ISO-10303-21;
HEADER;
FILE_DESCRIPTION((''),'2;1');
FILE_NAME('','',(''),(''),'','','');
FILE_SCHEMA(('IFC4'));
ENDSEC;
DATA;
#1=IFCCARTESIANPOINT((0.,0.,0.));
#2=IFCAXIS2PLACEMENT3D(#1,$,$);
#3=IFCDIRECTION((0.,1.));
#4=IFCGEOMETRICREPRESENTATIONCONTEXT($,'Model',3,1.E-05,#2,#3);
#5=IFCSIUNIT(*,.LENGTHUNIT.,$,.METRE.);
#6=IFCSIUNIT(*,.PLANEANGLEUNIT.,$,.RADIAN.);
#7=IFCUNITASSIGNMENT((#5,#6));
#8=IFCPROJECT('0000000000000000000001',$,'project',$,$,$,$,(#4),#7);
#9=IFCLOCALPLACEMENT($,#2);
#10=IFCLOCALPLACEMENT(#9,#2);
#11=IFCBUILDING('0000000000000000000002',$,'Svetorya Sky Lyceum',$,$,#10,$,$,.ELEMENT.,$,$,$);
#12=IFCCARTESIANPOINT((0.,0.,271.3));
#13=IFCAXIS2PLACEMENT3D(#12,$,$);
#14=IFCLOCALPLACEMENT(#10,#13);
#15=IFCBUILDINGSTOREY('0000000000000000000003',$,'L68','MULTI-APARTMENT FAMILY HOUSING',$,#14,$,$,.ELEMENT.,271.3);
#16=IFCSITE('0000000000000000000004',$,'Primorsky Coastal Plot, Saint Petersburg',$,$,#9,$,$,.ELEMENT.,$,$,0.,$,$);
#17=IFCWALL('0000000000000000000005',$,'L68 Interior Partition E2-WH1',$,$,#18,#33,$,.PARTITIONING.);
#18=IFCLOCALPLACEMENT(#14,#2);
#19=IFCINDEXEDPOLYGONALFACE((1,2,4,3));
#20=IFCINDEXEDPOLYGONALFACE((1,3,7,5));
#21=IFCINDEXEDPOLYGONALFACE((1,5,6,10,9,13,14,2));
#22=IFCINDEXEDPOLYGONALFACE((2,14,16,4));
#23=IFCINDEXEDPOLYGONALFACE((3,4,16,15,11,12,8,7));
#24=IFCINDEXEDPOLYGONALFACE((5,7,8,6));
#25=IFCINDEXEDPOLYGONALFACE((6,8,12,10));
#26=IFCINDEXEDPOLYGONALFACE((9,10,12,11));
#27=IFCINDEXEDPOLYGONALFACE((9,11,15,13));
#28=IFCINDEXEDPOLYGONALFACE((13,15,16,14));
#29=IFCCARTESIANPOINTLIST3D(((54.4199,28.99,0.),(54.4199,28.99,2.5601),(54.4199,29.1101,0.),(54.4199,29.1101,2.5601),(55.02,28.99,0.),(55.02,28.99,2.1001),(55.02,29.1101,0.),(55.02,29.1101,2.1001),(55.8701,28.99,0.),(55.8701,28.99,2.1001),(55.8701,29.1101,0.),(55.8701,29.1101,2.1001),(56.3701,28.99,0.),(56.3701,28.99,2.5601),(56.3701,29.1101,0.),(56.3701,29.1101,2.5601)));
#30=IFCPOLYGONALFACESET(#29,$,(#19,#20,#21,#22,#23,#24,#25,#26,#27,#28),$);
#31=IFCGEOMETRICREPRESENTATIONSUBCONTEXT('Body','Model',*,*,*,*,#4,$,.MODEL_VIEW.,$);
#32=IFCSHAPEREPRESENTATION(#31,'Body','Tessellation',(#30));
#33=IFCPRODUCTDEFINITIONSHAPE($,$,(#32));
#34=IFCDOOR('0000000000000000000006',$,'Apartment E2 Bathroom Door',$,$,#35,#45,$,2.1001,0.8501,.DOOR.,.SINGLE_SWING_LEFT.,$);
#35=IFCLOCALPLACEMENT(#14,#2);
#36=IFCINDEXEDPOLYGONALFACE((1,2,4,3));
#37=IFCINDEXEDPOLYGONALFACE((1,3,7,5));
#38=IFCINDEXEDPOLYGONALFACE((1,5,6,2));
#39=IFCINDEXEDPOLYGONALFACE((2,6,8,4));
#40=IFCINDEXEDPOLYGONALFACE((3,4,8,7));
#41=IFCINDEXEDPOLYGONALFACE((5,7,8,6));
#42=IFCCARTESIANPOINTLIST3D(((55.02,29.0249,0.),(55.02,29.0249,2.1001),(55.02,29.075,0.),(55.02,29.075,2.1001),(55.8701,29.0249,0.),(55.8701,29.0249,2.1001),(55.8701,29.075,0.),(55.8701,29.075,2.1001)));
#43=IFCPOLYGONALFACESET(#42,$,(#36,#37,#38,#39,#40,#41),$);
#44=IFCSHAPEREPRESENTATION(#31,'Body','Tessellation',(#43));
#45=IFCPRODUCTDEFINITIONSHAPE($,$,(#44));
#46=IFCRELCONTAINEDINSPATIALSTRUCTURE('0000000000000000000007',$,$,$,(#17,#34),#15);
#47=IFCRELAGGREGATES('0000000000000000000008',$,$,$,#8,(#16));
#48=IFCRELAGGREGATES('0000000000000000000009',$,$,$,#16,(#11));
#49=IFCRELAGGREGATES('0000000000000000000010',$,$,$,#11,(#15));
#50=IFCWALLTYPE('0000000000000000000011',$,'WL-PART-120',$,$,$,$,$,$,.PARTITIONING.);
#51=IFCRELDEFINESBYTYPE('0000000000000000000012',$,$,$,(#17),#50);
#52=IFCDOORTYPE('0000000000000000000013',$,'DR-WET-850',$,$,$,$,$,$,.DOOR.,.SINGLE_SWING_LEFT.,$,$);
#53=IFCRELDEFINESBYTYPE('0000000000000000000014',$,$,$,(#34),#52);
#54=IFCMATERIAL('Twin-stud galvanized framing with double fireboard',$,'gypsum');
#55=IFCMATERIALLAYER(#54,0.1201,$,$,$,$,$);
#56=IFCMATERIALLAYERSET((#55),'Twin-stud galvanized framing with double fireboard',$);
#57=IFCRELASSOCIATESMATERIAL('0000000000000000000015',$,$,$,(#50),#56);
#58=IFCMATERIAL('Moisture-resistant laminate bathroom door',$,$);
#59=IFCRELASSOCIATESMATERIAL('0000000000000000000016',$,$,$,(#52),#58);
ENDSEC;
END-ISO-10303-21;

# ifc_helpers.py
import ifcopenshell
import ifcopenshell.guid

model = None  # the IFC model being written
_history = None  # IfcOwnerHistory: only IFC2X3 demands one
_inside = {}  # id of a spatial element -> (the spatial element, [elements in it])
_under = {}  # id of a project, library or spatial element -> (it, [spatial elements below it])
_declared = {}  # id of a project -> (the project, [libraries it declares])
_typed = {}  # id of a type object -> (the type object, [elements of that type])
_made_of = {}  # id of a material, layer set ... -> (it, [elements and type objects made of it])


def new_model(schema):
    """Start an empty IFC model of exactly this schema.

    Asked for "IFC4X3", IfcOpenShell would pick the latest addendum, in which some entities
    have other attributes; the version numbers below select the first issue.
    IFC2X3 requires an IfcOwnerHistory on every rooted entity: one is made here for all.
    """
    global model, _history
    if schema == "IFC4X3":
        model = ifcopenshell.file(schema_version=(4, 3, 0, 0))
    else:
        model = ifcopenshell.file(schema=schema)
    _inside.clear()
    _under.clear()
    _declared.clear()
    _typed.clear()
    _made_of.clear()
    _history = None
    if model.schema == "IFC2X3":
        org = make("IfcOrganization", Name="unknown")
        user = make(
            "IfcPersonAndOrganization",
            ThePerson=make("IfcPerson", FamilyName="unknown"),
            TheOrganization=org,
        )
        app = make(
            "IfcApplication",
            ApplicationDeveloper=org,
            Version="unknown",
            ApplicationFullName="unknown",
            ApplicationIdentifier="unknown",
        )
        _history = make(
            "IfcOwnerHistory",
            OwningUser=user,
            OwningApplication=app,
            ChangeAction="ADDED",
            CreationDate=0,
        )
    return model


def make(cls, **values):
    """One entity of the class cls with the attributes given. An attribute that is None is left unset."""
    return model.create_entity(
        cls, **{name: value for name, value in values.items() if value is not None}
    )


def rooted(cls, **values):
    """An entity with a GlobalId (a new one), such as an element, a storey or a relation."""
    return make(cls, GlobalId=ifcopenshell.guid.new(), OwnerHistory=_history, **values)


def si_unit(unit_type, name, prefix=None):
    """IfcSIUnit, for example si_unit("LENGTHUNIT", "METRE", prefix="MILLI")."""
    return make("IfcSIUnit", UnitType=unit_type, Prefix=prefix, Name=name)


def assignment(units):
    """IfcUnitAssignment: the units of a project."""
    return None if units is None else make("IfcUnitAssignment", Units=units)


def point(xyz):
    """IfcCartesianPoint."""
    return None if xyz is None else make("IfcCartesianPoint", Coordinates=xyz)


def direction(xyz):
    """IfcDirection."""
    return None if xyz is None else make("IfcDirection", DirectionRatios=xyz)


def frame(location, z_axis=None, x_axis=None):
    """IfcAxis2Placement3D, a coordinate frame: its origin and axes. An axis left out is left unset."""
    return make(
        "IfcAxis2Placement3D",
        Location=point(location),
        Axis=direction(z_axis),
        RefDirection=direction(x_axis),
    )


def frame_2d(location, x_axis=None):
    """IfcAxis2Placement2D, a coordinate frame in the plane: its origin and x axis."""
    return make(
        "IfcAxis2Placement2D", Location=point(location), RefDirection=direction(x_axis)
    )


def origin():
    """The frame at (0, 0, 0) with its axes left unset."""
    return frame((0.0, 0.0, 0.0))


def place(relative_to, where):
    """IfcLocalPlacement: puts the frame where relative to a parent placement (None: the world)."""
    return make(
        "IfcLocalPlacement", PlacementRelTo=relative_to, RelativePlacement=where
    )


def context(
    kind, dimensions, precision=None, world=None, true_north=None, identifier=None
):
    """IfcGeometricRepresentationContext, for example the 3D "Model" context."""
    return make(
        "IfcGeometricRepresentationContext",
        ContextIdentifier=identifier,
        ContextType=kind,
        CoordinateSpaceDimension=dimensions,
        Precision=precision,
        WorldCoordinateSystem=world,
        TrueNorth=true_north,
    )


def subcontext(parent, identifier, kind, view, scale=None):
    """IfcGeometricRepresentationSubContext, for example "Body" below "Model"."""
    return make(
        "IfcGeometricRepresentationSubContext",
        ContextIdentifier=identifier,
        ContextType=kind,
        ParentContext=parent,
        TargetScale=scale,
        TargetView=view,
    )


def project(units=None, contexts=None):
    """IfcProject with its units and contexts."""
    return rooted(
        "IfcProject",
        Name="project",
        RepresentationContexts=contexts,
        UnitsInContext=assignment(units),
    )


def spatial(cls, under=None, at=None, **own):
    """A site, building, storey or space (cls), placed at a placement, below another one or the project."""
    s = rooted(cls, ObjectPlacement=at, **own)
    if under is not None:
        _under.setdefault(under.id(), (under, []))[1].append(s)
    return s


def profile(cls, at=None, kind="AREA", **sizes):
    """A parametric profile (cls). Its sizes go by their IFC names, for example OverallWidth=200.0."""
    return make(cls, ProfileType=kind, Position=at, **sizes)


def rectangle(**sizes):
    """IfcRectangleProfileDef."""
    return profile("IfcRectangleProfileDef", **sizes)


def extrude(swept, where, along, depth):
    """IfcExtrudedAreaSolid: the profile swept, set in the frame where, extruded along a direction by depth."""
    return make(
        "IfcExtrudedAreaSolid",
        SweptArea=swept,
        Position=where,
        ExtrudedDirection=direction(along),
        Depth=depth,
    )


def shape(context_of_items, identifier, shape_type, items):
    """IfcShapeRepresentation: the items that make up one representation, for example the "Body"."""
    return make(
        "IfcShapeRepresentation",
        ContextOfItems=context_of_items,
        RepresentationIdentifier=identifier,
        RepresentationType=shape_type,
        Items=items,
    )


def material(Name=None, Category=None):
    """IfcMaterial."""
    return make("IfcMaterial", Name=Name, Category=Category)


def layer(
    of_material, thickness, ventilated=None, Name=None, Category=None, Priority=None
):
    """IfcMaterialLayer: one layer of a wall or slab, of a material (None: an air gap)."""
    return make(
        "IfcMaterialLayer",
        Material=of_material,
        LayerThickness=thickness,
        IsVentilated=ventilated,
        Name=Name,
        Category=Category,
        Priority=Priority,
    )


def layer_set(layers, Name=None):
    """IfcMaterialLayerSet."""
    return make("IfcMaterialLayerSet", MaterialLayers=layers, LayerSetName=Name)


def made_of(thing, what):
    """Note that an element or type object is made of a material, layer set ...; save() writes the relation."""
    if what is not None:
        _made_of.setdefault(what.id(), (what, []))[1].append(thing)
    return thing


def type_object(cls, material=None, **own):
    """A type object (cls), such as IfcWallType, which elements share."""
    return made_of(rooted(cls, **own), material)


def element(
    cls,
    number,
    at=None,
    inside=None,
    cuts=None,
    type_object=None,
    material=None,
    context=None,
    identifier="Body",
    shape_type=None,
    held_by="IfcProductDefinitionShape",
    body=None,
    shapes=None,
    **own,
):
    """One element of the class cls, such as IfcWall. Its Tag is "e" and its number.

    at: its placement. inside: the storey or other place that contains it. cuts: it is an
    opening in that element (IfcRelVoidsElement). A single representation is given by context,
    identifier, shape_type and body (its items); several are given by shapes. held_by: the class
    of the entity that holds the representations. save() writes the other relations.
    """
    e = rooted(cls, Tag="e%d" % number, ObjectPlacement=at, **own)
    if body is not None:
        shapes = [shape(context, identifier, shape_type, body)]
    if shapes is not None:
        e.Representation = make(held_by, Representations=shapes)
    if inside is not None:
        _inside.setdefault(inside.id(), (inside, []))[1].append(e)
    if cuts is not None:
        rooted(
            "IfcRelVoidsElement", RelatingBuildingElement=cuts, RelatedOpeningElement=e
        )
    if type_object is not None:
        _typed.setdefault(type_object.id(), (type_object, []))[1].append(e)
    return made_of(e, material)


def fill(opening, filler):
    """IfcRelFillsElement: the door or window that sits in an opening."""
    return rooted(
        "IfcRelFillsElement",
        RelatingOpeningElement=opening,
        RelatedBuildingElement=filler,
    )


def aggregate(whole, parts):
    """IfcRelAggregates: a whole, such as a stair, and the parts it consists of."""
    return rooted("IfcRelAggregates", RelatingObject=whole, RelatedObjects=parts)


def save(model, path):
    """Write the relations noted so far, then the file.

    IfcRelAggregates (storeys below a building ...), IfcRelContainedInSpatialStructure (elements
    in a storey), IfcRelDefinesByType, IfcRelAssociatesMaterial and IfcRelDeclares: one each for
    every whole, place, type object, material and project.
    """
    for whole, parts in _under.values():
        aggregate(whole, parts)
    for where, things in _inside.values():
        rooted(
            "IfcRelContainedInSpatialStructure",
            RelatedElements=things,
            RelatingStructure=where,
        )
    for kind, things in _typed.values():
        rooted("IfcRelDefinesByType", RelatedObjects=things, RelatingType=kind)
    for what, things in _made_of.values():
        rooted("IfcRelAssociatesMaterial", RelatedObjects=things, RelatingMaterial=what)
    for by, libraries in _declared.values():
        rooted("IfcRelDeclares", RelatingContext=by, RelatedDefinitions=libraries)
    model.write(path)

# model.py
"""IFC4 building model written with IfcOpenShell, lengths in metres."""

from ifc_helpers import new_model, si_unit, direction, frame, frame_2d, origin, place, context, subcontext, project, spatial, rectangle, extrude, material, layer, layer_set, type_object, element, fill, save


model = new_model("IFC4")

# Units and contexts
model_context = context("Model", 3, precision=1e-05, world=origin(), true_north=direction((0.0, 1.0)))
body_context = subcontext(model_context, "Body", "Model", "MODEL_VIEW")
ifc_project = project(units=[si_unit("LENGTHUNIT", "METRE"), si_unit("PLANEANGLEUNIT", "RADIAN")], contexts=[model_context])

# Site, building, storey
site_placement = place(None, origin())
site = spatial("IfcSite", under=ifc_project, at=site_placement, Name="Primorsky Coastal Plot, Saint Petersburg", CompositionType="ELEMENT", RefElevation=0.0)
building_placement = place(site_placement, origin())
building = spatial("IfcBuilding", under=site, at=building_placement, Name="Svetorya Sky Lyceum", CompositionType="ELEMENT")
storey_placement = place(building_placement, frame((0.0, 0.0, 271.3)))
storey = spatial("IfcBuildingStorey", under=building, at=storey_placement, Name="L68", Description="MULTI-APARTMENT FAMILY HOUSING", CompositionType="ELEMENT", Elevation=271.3)

# Wall, opening, door
ifc_material_1 = material(Name="Twin-stud galvanized framing with double fireboard", Category="gypsum")
ifc_layer_1 = layer(ifc_material_1, 0.1201)
ifc_layer_set_1 = layer_set([ifc_layer_1], Name="Twin-stud galvanized framing with double fireboard")
wall_type_1 = type_object("IfcWallType", Name="WL-PART-120", PredefinedType="PARTITIONING", material=ifc_layer_set_1)
wall_1_placement = place(storey_placement, frame((54.4199, 29.05, 0.0), z_axis=(0.0, 0.0, 1.0), x_axis=(1.0, 0.0, 0.0)))
wall_1 = element("IfcWall", 1, at=wall_1_placement, inside=storey, type_object=wall_type_1, Name="L68 Interior Partition E2-WH1", PredefinedType="PARTITIONING", context=body_context, shape_type="SweptSolid", body=[
    extrude(rectangle(XDim=1.9502, YDim=0.1201, at=frame_2d((0.9751, 0.0))), origin(), (0.0, 0.0, 1.0), 2.5601),
])
opening_1_placement = place(wall_1_placement, frame((0.6001, 0.0, 0.0)))
opening_1 = element("IfcOpeningElement", 2, at=opening_1_placement, cuts=wall_1, PredefinedType="OPENING", context=body_context, shape_type="SweptSolid", body=[
    extrude(rectangle(XDim=0.8501, YDim=2.1001, at=frame_2d((0.425, 1.05))), frame((0.0, 0.0701, 0.0), z_axis=(0.0, -1.0, 0.0), x_axis=(1.0, 0.0, 0.0)), (0.0, 0.0, 1.0), 0.1401),
])
ifc_material_2 = material(Name="Moisture-resistant laminate bathroom door")
door_type_1 = type_object("IfcDoorType", Name="DR-WET-850", OperationType="SINGLE_SWING_LEFT", PredefinedType="DOOR", material=ifc_material_2)
door_1_placement = place(opening_1_placement, origin())
door_1 = element("IfcDoor", 3, at=door_1_placement, inside=storey, type_object=door_type_1, Name="Apartment E2 Bathroom Door", OperationType="SINGLE_SWING_LEFT", OverallHeight=2.1001, OverallWidth=0.8501, PredefinedType="DOOR", context=body_context, shape_type="SweptSolid", body=[
    extrude(rectangle(XDim=0.8501, YDim=2.1001, at=frame_2d((0.425, 1.05))), frame((0.0, 0.0249, 0.0), z_axis=(0.0, -1.0, 0.0), x_axis=(1.0, 0.0, 0.0)), (0.0, 0.0, 1.0), 0.05),
])
fill(opening_1, door_1)

save(model, "model.ifc")
